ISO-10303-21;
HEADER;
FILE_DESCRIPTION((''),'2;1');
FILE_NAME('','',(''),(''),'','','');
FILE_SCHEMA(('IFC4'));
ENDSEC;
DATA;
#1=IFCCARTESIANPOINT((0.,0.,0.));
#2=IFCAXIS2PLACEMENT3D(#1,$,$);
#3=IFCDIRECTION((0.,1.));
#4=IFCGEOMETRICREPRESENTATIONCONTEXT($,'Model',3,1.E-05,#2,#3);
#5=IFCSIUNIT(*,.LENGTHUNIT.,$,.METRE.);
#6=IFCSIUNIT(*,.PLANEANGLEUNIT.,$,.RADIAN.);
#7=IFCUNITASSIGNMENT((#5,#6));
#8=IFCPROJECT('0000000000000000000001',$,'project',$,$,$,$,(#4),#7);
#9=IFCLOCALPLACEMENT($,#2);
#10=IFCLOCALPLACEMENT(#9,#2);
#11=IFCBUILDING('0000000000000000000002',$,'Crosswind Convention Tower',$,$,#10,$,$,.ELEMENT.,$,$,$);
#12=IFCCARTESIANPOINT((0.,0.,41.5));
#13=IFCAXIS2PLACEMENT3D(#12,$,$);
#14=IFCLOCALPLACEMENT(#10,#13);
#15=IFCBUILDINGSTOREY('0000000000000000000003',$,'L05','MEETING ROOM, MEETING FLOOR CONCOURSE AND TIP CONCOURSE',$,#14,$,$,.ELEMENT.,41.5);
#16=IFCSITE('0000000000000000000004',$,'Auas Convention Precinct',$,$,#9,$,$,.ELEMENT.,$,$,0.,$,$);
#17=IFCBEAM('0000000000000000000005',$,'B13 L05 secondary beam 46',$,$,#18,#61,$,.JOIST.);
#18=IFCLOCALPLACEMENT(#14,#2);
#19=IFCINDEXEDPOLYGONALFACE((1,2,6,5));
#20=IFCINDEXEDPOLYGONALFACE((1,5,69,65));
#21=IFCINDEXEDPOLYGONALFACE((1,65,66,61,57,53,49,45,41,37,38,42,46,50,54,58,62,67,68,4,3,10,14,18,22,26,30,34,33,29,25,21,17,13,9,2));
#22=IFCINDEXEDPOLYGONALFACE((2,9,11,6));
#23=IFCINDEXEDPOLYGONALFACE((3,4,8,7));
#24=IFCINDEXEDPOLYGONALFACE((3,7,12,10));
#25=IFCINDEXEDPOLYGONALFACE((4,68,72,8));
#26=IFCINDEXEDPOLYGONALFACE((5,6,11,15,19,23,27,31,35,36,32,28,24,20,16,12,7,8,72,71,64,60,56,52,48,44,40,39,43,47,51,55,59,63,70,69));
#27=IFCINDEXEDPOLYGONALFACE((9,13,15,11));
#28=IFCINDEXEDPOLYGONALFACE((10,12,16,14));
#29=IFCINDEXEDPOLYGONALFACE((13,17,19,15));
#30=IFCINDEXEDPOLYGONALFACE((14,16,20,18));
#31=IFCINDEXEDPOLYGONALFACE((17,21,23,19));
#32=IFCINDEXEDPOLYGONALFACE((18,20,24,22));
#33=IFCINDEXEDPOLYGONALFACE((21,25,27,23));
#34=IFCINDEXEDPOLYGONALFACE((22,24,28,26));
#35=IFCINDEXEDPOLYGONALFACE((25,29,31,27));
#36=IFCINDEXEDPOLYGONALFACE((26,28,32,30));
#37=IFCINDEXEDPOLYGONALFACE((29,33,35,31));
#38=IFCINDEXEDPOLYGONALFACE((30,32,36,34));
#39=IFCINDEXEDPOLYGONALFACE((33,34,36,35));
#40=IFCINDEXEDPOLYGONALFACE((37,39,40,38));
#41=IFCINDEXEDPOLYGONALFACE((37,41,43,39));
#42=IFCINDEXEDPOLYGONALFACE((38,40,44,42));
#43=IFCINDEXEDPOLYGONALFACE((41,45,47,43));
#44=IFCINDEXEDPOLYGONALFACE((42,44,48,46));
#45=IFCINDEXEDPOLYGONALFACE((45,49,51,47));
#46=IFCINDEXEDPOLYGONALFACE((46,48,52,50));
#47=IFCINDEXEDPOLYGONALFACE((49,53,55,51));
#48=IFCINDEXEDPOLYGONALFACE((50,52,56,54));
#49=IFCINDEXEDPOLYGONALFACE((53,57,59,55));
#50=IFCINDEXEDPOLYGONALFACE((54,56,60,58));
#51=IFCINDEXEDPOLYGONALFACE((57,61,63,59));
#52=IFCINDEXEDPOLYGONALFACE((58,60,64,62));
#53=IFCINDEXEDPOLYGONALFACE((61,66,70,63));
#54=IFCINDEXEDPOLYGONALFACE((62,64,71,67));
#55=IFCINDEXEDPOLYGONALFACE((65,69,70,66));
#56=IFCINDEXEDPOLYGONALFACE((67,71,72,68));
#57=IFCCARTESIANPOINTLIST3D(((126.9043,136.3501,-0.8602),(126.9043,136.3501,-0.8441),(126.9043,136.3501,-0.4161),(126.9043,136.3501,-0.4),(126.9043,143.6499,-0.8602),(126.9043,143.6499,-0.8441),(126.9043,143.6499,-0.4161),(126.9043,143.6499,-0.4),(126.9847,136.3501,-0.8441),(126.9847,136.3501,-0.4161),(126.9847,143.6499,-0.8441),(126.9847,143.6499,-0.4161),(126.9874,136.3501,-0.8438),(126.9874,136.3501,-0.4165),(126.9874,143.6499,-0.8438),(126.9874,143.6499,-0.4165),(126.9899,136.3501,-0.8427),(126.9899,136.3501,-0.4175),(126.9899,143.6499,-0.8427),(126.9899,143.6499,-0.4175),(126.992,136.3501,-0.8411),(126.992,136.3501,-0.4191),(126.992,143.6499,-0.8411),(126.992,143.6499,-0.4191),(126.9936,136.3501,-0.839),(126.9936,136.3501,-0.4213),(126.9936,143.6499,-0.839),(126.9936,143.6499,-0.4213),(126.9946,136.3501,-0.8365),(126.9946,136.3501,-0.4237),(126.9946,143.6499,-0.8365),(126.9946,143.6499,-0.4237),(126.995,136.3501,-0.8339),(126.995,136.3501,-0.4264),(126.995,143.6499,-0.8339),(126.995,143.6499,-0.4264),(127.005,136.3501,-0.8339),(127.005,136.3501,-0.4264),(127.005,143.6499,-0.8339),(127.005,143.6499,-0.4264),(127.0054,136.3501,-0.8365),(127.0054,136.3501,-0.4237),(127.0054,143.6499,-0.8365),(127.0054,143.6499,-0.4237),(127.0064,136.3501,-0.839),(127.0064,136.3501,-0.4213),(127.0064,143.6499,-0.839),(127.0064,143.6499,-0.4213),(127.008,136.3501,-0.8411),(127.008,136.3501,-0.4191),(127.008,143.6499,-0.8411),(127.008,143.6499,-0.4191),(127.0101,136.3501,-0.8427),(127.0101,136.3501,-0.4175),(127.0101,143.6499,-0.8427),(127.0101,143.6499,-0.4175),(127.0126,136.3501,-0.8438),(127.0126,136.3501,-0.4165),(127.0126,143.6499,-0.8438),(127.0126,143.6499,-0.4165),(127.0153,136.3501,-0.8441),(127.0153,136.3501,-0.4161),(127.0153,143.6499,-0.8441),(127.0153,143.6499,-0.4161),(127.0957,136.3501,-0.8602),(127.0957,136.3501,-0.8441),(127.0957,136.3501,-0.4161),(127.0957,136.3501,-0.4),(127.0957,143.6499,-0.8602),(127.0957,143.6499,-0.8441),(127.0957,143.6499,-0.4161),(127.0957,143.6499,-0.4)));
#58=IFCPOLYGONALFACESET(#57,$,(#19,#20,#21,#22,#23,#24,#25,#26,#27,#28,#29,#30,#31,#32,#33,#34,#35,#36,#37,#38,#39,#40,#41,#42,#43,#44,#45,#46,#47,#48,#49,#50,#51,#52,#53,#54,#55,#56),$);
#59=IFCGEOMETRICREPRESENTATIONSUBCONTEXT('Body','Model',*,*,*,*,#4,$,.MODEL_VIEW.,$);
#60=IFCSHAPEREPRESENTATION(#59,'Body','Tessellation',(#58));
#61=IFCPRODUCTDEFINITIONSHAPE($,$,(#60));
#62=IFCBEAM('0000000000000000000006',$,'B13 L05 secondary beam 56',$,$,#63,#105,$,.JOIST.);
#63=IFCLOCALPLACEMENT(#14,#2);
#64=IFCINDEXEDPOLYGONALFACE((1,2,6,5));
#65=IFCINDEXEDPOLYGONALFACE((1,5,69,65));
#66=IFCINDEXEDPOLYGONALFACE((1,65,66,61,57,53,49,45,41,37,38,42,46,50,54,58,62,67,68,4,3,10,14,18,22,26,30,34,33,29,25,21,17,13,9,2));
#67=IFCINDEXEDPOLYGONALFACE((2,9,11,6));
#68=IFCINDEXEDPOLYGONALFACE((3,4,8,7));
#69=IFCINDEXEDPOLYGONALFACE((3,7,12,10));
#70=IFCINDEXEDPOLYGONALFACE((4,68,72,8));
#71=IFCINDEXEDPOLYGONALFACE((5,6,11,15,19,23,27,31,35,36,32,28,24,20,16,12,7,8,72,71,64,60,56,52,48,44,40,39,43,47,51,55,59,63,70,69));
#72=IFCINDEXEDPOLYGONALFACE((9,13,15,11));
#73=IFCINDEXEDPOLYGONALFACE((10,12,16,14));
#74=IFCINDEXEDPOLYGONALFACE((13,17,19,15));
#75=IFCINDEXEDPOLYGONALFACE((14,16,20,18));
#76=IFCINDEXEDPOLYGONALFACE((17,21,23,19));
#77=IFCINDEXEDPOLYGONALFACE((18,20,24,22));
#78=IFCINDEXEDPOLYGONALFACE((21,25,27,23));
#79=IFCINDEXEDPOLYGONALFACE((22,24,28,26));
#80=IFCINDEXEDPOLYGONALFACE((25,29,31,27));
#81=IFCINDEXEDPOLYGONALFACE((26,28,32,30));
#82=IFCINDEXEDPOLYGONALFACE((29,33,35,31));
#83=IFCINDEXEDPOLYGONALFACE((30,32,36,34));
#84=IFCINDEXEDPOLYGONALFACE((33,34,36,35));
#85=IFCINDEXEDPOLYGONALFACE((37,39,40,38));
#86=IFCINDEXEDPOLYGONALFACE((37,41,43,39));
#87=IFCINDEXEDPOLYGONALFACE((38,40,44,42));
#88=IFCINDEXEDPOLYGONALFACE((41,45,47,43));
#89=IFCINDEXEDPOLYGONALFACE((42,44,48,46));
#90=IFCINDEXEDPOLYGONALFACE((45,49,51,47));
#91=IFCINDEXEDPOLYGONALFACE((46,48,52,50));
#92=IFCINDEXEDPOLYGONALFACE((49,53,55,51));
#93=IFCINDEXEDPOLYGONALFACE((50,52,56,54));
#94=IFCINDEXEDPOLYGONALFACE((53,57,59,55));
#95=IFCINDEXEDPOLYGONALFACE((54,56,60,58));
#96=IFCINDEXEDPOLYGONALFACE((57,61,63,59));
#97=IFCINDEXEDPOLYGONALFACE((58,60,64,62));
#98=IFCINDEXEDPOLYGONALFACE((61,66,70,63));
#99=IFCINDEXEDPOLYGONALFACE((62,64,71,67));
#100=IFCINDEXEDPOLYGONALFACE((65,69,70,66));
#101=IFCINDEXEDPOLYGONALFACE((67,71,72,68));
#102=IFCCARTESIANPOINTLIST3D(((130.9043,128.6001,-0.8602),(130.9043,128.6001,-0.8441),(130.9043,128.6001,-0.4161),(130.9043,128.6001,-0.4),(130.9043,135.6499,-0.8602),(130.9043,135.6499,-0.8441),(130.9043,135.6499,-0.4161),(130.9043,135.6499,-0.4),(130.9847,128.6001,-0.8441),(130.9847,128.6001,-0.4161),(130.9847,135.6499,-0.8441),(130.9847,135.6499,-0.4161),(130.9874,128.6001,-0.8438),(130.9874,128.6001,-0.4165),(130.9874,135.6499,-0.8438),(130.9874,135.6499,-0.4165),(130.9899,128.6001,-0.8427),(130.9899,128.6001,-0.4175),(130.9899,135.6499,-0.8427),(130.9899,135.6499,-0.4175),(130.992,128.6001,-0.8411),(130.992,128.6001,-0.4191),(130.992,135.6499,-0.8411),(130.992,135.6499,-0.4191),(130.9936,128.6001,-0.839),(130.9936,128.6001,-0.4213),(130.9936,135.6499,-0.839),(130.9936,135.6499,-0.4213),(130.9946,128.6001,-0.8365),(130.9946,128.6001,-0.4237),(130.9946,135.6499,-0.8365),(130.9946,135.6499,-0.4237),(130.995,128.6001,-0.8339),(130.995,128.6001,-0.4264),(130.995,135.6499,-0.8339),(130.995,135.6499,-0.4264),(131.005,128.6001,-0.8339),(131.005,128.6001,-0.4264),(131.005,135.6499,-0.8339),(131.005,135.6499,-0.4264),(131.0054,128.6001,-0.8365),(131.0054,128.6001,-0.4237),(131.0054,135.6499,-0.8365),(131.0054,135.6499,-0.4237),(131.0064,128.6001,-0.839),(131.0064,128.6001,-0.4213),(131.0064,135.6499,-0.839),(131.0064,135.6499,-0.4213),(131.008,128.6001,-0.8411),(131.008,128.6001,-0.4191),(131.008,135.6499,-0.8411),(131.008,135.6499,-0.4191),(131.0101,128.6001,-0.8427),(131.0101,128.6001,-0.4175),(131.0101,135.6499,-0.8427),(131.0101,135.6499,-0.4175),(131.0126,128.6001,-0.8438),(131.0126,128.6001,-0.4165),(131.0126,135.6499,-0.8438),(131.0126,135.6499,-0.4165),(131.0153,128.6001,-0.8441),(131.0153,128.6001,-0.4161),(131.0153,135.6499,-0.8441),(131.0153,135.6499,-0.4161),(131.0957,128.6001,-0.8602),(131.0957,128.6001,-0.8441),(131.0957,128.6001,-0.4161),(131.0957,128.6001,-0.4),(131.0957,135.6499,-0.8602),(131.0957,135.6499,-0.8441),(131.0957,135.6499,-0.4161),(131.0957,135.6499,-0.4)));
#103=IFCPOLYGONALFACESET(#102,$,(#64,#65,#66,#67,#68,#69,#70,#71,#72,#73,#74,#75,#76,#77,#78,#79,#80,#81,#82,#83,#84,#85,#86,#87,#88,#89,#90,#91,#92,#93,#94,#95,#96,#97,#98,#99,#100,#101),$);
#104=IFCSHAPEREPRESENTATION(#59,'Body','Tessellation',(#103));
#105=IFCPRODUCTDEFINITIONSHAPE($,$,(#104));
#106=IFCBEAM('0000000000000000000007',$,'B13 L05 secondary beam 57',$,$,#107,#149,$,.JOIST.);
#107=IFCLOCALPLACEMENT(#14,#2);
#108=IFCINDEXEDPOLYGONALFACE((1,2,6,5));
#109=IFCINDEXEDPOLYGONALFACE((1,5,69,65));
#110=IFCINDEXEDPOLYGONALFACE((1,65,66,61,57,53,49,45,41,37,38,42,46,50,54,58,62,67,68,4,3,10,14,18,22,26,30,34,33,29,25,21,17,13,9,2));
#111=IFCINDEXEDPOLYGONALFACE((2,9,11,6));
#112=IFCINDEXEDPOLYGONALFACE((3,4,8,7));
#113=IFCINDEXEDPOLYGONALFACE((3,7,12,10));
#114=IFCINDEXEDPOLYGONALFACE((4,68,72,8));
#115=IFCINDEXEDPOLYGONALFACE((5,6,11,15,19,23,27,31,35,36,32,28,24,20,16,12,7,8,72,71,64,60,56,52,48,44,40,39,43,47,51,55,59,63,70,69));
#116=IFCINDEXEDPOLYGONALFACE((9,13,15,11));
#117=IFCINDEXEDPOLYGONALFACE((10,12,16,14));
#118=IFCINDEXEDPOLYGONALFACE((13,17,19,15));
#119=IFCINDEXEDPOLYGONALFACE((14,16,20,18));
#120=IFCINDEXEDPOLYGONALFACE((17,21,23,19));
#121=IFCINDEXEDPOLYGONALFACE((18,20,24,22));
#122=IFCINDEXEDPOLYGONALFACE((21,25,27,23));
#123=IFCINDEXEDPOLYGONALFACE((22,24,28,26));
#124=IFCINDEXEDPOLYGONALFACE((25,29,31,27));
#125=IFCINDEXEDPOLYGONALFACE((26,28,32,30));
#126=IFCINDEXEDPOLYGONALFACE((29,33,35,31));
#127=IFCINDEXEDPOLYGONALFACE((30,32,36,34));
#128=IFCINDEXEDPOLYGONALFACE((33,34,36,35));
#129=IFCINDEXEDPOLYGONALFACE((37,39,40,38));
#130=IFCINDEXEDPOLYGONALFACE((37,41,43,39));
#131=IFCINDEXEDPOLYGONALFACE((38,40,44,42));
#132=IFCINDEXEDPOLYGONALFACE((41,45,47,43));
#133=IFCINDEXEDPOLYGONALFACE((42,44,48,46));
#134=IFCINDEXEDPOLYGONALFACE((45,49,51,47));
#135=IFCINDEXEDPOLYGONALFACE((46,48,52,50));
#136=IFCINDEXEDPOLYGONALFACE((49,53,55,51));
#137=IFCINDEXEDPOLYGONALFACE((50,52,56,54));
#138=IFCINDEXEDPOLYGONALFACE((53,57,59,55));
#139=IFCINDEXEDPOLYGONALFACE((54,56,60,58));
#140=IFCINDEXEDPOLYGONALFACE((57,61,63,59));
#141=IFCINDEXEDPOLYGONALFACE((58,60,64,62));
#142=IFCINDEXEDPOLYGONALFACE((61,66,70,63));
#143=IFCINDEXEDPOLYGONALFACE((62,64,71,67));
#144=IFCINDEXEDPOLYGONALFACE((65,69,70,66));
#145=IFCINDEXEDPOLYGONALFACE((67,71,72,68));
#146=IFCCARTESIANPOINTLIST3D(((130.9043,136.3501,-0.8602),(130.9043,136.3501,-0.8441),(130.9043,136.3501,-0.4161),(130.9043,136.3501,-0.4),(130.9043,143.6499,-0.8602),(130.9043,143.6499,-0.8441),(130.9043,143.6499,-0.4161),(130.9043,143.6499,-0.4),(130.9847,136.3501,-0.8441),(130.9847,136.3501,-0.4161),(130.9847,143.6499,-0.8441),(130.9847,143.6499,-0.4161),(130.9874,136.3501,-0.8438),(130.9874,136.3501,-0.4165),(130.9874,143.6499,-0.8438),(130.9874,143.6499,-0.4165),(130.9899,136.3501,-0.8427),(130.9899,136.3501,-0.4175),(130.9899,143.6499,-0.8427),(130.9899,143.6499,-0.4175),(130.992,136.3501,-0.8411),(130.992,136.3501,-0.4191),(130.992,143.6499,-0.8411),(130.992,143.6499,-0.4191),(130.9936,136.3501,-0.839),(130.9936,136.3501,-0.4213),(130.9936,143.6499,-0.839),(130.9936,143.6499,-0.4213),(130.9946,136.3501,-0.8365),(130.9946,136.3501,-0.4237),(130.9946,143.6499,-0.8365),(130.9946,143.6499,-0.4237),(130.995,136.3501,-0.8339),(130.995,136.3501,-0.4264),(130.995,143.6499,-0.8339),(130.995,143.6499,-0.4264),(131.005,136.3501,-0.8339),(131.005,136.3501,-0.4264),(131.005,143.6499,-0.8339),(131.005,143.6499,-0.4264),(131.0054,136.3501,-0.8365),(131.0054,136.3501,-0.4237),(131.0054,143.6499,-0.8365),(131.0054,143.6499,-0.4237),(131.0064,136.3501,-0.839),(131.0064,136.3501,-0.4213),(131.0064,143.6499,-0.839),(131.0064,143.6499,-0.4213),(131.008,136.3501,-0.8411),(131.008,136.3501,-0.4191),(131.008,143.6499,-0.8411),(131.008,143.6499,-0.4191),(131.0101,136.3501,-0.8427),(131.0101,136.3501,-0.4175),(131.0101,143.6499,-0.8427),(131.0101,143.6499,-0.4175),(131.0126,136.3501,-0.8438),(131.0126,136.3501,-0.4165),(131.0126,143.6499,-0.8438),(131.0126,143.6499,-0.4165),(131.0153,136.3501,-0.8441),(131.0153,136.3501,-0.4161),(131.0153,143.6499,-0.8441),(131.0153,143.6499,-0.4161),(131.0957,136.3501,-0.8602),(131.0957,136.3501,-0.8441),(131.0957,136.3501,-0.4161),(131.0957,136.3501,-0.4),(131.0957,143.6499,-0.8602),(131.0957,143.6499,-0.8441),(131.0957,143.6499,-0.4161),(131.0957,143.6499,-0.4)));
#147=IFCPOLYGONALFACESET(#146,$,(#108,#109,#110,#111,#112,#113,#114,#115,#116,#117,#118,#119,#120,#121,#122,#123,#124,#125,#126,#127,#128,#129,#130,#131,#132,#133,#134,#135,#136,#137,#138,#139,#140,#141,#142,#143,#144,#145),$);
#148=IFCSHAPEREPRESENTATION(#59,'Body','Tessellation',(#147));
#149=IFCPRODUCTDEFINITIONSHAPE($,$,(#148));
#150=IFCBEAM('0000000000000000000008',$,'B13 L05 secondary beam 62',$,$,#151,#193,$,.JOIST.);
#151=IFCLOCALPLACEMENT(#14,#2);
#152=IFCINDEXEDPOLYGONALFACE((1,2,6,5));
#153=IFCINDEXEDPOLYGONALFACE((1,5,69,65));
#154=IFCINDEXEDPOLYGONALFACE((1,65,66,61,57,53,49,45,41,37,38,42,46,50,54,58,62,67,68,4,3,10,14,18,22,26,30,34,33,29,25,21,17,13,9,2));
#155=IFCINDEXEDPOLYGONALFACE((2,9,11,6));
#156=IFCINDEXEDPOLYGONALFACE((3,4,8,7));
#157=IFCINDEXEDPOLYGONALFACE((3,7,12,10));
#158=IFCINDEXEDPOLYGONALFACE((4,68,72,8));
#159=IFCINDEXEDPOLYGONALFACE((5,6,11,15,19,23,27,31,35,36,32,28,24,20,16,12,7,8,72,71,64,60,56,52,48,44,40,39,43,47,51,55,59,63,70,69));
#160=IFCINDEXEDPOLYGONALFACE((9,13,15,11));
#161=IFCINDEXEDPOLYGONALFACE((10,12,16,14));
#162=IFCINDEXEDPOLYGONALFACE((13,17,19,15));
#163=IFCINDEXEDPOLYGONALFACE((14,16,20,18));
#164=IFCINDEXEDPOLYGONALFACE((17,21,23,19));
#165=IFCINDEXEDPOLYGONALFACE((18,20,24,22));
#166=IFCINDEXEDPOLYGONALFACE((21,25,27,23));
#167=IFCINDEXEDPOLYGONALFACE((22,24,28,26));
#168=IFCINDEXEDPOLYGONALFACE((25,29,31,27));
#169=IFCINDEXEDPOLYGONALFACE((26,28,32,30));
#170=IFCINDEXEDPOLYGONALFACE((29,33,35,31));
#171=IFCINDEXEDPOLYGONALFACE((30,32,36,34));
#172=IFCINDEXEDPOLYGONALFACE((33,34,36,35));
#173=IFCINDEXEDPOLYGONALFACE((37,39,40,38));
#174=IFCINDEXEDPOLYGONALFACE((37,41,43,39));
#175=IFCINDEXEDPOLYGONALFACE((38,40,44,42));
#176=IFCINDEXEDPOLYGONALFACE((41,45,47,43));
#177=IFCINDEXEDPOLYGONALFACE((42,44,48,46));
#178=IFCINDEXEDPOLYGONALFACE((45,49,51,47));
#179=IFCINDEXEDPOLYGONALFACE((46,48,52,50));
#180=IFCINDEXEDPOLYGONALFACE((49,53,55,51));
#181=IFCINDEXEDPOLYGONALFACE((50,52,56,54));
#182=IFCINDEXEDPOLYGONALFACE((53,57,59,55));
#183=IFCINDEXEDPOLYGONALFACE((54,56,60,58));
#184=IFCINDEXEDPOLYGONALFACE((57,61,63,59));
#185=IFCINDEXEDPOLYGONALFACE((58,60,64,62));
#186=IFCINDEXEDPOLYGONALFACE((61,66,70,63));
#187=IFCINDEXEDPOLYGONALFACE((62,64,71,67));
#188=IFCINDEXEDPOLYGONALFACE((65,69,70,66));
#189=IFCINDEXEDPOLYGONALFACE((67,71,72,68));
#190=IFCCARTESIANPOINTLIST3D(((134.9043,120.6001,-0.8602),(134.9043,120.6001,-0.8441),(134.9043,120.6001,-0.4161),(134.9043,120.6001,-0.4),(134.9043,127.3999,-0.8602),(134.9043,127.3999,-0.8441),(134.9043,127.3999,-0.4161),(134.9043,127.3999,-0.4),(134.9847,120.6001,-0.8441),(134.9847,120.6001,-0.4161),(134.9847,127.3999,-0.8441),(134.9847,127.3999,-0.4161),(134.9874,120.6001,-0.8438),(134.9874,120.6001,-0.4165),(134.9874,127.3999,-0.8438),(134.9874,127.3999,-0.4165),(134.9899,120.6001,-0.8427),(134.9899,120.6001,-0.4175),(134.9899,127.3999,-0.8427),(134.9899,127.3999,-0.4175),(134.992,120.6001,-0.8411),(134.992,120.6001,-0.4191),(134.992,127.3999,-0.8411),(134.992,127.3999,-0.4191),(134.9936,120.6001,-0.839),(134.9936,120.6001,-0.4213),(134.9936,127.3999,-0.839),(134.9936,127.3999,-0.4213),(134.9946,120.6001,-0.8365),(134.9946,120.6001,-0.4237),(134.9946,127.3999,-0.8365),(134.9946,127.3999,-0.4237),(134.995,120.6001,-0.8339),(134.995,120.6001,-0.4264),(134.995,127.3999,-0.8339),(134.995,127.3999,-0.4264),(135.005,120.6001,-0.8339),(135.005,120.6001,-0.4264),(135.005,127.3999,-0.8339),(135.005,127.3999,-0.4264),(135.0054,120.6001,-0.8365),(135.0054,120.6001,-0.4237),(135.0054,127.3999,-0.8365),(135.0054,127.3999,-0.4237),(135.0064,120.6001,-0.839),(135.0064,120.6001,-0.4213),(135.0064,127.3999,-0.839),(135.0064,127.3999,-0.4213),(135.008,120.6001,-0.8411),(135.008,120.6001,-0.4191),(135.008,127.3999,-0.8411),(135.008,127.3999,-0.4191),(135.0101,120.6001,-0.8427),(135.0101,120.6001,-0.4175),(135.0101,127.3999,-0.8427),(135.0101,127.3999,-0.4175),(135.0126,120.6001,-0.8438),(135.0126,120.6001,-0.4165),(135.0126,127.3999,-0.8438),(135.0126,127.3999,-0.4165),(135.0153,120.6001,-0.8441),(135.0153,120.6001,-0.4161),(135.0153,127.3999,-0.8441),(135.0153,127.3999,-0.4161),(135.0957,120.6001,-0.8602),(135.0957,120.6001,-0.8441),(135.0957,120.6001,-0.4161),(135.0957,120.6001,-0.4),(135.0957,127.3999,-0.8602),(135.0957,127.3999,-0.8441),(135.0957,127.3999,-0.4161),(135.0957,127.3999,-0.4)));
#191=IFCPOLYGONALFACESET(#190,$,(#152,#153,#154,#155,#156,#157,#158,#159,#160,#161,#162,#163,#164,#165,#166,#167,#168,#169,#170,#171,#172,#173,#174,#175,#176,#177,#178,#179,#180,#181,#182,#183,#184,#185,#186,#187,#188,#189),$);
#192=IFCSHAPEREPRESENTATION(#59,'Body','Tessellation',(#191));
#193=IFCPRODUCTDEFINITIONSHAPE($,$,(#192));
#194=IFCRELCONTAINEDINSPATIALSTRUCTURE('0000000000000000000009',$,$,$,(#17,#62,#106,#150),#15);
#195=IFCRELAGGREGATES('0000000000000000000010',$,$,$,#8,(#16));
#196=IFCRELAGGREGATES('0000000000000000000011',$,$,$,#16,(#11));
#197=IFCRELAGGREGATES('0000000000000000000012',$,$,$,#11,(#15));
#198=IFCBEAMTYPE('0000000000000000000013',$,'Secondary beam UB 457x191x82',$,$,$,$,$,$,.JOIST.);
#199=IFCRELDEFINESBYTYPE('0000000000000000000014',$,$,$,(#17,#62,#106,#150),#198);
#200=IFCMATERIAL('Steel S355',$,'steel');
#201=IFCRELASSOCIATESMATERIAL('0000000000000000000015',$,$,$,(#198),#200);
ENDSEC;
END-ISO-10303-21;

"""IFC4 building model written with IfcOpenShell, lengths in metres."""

from ifc_helpers import new_model, si_unit, direction, frame, origin, origin_2d, place, context, subcontext, project, spatial, i_section, extrude, material, material_profile, profile_set, type_object, element, save


model = new_model("IFC4")

# Units and contexts
model_context = context("Model", 3, precision=1e-05, world=origin(), true_north=direction((0.0, 1.0)))
body_context = subcontext(model_context, "Body", "Model", "MODEL_VIEW")
ifc_project = project(units=[si_unit("LENGTHUNIT", "METRE"), si_unit("PLANEANGLEUNIT", "RADIAN")], contexts=[model_context])

# Site, building, storey
site_placement = place(None, origin())
site = spatial("IfcSite", under=ifc_project, at=site_placement, Name="Auas Convention Precinct", CompositionType="ELEMENT", RefElevation=0.0)
building_placement = place(site_placement, origin())
building = spatial("IfcBuilding", under=site, at=building_placement, Name="Crosswind Convention Tower", CompositionType="ELEMENT")
storey_placement = place(building_placement, frame((0.0, 0.0, 41.5)))
storey = spatial("IfcBuildingStorey", under=building, at=storey_placement, Name="L05", Description="MEETING ROOM, MEETING FLOOR CONCOURSE AND TIP CONCOURSE", CompositionType="ELEMENT", Elevation=41.5)

# Shared definitions
ifc_material_1 = material(Name="Steel S355", Category="steel")

# Beams
ifc_material_profile_1 = material_profile(ifc_material_1, i_section(OverallWidth=0.1914, OverallDepth=0.4602, WebThickness=0.01, FlangeThickness=0.0161, FilletRadius=0.0103, at=origin_2d()), Name="UB 457x191x82")
ifc_profile_set_1 = profile_set([ifc_material_profile_1], Name="Steel S355")
beam_type_1 = type_object("IfcBeamType", Name="Secondary beam UB 457x191x82", PredefinedType="JOIST", material=ifc_profile_set_1)
beam_1_placement = place(storey_placement, frame((127.0, 136.3501, -0.6301), z_axis=(0.0, 1.0, 0.0), x_axis=(-1.0, 0.0, 0.0)))
element("IfcBeam", 1, at=beam_1_placement, inside=storey, type_object=beam_type_1, Name="B13 L05 secondary beam 46", PredefinedType="JOIST", context=body_context, shape_type="SweptSolid", body=[
    extrude(i_section(OverallWidth=0.1914, OverallDepth=0.4602, WebThickness=0.01, FlangeThickness=0.0161, FilletRadius=0.0103, at=origin_2d()), origin(), (0.0, 0.0, 1.0), 7.2998),
])
beam_2_placement = place(storey_placement, frame((131.0, 128.6001, -0.6301), z_axis=(0.0, 1.0, 0.0), x_axis=(-1.0, 0.0, 0.0)))
element("IfcBeam", 2, at=beam_2_placement, inside=storey, type_object=beam_type_1, Name="B13 L05 secondary beam 56", PredefinedType="JOIST", context=body_context, shape_type="SweptSolid", body=[
    extrude(i_section(OverallWidth=0.1914, OverallDepth=0.4602, WebThickness=0.01, FlangeThickness=0.0161, FilletRadius=0.0103, at=origin_2d()), origin(), (0.0, 0.0, 1.0), 7.0498),
])
beam_3_placement = place(storey_placement, frame((131.0, 136.3501, -0.6301), z_axis=(0.0, 1.0, 0.0), x_axis=(-1.0, 0.0, 0.0)))
element("IfcBeam", 3, at=beam_3_placement, inside=storey, type_object=beam_type_1, Name="B13 L05 secondary beam 57", PredefinedType="JOIST", context=body_context, shape_type="SweptSolid", body=[
    extrude(i_section(OverallWidth=0.1914, OverallDepth=0.4602, WebThickness=0.01, FlangeThickness=0.0161, FilletRadius=0.0103, at=origin_2d()), origin(), (0.0, 0.0, 1.0), 7.2998),
])
beam_4_placement = place(storey_placement, frame((135.0, 120.6001, -0.6301), z_axis=(0.0, 1.0, 0.0), x_axis=(-1.0, 0.0, 0.0)))
element("IfcBeam", 4, at=beam_4_placement, inside=storey, type_object=beam_type_1, Name="B13 L05 secondary beam 62", PredefinedType="JOIST", context=body_context, shape_type="SweptSolid", body=[
    extrude(i_section(OverallWidth=0.1914, OverallDepth=0.4602, WebThickness=0.01, FlangeThickness=0.0161, FilletRadius=0.0103, at=origin_2d()), origin(), (0.0, 0.0, 1.0), 6.7998),
])

save(model, "model.ifc")
